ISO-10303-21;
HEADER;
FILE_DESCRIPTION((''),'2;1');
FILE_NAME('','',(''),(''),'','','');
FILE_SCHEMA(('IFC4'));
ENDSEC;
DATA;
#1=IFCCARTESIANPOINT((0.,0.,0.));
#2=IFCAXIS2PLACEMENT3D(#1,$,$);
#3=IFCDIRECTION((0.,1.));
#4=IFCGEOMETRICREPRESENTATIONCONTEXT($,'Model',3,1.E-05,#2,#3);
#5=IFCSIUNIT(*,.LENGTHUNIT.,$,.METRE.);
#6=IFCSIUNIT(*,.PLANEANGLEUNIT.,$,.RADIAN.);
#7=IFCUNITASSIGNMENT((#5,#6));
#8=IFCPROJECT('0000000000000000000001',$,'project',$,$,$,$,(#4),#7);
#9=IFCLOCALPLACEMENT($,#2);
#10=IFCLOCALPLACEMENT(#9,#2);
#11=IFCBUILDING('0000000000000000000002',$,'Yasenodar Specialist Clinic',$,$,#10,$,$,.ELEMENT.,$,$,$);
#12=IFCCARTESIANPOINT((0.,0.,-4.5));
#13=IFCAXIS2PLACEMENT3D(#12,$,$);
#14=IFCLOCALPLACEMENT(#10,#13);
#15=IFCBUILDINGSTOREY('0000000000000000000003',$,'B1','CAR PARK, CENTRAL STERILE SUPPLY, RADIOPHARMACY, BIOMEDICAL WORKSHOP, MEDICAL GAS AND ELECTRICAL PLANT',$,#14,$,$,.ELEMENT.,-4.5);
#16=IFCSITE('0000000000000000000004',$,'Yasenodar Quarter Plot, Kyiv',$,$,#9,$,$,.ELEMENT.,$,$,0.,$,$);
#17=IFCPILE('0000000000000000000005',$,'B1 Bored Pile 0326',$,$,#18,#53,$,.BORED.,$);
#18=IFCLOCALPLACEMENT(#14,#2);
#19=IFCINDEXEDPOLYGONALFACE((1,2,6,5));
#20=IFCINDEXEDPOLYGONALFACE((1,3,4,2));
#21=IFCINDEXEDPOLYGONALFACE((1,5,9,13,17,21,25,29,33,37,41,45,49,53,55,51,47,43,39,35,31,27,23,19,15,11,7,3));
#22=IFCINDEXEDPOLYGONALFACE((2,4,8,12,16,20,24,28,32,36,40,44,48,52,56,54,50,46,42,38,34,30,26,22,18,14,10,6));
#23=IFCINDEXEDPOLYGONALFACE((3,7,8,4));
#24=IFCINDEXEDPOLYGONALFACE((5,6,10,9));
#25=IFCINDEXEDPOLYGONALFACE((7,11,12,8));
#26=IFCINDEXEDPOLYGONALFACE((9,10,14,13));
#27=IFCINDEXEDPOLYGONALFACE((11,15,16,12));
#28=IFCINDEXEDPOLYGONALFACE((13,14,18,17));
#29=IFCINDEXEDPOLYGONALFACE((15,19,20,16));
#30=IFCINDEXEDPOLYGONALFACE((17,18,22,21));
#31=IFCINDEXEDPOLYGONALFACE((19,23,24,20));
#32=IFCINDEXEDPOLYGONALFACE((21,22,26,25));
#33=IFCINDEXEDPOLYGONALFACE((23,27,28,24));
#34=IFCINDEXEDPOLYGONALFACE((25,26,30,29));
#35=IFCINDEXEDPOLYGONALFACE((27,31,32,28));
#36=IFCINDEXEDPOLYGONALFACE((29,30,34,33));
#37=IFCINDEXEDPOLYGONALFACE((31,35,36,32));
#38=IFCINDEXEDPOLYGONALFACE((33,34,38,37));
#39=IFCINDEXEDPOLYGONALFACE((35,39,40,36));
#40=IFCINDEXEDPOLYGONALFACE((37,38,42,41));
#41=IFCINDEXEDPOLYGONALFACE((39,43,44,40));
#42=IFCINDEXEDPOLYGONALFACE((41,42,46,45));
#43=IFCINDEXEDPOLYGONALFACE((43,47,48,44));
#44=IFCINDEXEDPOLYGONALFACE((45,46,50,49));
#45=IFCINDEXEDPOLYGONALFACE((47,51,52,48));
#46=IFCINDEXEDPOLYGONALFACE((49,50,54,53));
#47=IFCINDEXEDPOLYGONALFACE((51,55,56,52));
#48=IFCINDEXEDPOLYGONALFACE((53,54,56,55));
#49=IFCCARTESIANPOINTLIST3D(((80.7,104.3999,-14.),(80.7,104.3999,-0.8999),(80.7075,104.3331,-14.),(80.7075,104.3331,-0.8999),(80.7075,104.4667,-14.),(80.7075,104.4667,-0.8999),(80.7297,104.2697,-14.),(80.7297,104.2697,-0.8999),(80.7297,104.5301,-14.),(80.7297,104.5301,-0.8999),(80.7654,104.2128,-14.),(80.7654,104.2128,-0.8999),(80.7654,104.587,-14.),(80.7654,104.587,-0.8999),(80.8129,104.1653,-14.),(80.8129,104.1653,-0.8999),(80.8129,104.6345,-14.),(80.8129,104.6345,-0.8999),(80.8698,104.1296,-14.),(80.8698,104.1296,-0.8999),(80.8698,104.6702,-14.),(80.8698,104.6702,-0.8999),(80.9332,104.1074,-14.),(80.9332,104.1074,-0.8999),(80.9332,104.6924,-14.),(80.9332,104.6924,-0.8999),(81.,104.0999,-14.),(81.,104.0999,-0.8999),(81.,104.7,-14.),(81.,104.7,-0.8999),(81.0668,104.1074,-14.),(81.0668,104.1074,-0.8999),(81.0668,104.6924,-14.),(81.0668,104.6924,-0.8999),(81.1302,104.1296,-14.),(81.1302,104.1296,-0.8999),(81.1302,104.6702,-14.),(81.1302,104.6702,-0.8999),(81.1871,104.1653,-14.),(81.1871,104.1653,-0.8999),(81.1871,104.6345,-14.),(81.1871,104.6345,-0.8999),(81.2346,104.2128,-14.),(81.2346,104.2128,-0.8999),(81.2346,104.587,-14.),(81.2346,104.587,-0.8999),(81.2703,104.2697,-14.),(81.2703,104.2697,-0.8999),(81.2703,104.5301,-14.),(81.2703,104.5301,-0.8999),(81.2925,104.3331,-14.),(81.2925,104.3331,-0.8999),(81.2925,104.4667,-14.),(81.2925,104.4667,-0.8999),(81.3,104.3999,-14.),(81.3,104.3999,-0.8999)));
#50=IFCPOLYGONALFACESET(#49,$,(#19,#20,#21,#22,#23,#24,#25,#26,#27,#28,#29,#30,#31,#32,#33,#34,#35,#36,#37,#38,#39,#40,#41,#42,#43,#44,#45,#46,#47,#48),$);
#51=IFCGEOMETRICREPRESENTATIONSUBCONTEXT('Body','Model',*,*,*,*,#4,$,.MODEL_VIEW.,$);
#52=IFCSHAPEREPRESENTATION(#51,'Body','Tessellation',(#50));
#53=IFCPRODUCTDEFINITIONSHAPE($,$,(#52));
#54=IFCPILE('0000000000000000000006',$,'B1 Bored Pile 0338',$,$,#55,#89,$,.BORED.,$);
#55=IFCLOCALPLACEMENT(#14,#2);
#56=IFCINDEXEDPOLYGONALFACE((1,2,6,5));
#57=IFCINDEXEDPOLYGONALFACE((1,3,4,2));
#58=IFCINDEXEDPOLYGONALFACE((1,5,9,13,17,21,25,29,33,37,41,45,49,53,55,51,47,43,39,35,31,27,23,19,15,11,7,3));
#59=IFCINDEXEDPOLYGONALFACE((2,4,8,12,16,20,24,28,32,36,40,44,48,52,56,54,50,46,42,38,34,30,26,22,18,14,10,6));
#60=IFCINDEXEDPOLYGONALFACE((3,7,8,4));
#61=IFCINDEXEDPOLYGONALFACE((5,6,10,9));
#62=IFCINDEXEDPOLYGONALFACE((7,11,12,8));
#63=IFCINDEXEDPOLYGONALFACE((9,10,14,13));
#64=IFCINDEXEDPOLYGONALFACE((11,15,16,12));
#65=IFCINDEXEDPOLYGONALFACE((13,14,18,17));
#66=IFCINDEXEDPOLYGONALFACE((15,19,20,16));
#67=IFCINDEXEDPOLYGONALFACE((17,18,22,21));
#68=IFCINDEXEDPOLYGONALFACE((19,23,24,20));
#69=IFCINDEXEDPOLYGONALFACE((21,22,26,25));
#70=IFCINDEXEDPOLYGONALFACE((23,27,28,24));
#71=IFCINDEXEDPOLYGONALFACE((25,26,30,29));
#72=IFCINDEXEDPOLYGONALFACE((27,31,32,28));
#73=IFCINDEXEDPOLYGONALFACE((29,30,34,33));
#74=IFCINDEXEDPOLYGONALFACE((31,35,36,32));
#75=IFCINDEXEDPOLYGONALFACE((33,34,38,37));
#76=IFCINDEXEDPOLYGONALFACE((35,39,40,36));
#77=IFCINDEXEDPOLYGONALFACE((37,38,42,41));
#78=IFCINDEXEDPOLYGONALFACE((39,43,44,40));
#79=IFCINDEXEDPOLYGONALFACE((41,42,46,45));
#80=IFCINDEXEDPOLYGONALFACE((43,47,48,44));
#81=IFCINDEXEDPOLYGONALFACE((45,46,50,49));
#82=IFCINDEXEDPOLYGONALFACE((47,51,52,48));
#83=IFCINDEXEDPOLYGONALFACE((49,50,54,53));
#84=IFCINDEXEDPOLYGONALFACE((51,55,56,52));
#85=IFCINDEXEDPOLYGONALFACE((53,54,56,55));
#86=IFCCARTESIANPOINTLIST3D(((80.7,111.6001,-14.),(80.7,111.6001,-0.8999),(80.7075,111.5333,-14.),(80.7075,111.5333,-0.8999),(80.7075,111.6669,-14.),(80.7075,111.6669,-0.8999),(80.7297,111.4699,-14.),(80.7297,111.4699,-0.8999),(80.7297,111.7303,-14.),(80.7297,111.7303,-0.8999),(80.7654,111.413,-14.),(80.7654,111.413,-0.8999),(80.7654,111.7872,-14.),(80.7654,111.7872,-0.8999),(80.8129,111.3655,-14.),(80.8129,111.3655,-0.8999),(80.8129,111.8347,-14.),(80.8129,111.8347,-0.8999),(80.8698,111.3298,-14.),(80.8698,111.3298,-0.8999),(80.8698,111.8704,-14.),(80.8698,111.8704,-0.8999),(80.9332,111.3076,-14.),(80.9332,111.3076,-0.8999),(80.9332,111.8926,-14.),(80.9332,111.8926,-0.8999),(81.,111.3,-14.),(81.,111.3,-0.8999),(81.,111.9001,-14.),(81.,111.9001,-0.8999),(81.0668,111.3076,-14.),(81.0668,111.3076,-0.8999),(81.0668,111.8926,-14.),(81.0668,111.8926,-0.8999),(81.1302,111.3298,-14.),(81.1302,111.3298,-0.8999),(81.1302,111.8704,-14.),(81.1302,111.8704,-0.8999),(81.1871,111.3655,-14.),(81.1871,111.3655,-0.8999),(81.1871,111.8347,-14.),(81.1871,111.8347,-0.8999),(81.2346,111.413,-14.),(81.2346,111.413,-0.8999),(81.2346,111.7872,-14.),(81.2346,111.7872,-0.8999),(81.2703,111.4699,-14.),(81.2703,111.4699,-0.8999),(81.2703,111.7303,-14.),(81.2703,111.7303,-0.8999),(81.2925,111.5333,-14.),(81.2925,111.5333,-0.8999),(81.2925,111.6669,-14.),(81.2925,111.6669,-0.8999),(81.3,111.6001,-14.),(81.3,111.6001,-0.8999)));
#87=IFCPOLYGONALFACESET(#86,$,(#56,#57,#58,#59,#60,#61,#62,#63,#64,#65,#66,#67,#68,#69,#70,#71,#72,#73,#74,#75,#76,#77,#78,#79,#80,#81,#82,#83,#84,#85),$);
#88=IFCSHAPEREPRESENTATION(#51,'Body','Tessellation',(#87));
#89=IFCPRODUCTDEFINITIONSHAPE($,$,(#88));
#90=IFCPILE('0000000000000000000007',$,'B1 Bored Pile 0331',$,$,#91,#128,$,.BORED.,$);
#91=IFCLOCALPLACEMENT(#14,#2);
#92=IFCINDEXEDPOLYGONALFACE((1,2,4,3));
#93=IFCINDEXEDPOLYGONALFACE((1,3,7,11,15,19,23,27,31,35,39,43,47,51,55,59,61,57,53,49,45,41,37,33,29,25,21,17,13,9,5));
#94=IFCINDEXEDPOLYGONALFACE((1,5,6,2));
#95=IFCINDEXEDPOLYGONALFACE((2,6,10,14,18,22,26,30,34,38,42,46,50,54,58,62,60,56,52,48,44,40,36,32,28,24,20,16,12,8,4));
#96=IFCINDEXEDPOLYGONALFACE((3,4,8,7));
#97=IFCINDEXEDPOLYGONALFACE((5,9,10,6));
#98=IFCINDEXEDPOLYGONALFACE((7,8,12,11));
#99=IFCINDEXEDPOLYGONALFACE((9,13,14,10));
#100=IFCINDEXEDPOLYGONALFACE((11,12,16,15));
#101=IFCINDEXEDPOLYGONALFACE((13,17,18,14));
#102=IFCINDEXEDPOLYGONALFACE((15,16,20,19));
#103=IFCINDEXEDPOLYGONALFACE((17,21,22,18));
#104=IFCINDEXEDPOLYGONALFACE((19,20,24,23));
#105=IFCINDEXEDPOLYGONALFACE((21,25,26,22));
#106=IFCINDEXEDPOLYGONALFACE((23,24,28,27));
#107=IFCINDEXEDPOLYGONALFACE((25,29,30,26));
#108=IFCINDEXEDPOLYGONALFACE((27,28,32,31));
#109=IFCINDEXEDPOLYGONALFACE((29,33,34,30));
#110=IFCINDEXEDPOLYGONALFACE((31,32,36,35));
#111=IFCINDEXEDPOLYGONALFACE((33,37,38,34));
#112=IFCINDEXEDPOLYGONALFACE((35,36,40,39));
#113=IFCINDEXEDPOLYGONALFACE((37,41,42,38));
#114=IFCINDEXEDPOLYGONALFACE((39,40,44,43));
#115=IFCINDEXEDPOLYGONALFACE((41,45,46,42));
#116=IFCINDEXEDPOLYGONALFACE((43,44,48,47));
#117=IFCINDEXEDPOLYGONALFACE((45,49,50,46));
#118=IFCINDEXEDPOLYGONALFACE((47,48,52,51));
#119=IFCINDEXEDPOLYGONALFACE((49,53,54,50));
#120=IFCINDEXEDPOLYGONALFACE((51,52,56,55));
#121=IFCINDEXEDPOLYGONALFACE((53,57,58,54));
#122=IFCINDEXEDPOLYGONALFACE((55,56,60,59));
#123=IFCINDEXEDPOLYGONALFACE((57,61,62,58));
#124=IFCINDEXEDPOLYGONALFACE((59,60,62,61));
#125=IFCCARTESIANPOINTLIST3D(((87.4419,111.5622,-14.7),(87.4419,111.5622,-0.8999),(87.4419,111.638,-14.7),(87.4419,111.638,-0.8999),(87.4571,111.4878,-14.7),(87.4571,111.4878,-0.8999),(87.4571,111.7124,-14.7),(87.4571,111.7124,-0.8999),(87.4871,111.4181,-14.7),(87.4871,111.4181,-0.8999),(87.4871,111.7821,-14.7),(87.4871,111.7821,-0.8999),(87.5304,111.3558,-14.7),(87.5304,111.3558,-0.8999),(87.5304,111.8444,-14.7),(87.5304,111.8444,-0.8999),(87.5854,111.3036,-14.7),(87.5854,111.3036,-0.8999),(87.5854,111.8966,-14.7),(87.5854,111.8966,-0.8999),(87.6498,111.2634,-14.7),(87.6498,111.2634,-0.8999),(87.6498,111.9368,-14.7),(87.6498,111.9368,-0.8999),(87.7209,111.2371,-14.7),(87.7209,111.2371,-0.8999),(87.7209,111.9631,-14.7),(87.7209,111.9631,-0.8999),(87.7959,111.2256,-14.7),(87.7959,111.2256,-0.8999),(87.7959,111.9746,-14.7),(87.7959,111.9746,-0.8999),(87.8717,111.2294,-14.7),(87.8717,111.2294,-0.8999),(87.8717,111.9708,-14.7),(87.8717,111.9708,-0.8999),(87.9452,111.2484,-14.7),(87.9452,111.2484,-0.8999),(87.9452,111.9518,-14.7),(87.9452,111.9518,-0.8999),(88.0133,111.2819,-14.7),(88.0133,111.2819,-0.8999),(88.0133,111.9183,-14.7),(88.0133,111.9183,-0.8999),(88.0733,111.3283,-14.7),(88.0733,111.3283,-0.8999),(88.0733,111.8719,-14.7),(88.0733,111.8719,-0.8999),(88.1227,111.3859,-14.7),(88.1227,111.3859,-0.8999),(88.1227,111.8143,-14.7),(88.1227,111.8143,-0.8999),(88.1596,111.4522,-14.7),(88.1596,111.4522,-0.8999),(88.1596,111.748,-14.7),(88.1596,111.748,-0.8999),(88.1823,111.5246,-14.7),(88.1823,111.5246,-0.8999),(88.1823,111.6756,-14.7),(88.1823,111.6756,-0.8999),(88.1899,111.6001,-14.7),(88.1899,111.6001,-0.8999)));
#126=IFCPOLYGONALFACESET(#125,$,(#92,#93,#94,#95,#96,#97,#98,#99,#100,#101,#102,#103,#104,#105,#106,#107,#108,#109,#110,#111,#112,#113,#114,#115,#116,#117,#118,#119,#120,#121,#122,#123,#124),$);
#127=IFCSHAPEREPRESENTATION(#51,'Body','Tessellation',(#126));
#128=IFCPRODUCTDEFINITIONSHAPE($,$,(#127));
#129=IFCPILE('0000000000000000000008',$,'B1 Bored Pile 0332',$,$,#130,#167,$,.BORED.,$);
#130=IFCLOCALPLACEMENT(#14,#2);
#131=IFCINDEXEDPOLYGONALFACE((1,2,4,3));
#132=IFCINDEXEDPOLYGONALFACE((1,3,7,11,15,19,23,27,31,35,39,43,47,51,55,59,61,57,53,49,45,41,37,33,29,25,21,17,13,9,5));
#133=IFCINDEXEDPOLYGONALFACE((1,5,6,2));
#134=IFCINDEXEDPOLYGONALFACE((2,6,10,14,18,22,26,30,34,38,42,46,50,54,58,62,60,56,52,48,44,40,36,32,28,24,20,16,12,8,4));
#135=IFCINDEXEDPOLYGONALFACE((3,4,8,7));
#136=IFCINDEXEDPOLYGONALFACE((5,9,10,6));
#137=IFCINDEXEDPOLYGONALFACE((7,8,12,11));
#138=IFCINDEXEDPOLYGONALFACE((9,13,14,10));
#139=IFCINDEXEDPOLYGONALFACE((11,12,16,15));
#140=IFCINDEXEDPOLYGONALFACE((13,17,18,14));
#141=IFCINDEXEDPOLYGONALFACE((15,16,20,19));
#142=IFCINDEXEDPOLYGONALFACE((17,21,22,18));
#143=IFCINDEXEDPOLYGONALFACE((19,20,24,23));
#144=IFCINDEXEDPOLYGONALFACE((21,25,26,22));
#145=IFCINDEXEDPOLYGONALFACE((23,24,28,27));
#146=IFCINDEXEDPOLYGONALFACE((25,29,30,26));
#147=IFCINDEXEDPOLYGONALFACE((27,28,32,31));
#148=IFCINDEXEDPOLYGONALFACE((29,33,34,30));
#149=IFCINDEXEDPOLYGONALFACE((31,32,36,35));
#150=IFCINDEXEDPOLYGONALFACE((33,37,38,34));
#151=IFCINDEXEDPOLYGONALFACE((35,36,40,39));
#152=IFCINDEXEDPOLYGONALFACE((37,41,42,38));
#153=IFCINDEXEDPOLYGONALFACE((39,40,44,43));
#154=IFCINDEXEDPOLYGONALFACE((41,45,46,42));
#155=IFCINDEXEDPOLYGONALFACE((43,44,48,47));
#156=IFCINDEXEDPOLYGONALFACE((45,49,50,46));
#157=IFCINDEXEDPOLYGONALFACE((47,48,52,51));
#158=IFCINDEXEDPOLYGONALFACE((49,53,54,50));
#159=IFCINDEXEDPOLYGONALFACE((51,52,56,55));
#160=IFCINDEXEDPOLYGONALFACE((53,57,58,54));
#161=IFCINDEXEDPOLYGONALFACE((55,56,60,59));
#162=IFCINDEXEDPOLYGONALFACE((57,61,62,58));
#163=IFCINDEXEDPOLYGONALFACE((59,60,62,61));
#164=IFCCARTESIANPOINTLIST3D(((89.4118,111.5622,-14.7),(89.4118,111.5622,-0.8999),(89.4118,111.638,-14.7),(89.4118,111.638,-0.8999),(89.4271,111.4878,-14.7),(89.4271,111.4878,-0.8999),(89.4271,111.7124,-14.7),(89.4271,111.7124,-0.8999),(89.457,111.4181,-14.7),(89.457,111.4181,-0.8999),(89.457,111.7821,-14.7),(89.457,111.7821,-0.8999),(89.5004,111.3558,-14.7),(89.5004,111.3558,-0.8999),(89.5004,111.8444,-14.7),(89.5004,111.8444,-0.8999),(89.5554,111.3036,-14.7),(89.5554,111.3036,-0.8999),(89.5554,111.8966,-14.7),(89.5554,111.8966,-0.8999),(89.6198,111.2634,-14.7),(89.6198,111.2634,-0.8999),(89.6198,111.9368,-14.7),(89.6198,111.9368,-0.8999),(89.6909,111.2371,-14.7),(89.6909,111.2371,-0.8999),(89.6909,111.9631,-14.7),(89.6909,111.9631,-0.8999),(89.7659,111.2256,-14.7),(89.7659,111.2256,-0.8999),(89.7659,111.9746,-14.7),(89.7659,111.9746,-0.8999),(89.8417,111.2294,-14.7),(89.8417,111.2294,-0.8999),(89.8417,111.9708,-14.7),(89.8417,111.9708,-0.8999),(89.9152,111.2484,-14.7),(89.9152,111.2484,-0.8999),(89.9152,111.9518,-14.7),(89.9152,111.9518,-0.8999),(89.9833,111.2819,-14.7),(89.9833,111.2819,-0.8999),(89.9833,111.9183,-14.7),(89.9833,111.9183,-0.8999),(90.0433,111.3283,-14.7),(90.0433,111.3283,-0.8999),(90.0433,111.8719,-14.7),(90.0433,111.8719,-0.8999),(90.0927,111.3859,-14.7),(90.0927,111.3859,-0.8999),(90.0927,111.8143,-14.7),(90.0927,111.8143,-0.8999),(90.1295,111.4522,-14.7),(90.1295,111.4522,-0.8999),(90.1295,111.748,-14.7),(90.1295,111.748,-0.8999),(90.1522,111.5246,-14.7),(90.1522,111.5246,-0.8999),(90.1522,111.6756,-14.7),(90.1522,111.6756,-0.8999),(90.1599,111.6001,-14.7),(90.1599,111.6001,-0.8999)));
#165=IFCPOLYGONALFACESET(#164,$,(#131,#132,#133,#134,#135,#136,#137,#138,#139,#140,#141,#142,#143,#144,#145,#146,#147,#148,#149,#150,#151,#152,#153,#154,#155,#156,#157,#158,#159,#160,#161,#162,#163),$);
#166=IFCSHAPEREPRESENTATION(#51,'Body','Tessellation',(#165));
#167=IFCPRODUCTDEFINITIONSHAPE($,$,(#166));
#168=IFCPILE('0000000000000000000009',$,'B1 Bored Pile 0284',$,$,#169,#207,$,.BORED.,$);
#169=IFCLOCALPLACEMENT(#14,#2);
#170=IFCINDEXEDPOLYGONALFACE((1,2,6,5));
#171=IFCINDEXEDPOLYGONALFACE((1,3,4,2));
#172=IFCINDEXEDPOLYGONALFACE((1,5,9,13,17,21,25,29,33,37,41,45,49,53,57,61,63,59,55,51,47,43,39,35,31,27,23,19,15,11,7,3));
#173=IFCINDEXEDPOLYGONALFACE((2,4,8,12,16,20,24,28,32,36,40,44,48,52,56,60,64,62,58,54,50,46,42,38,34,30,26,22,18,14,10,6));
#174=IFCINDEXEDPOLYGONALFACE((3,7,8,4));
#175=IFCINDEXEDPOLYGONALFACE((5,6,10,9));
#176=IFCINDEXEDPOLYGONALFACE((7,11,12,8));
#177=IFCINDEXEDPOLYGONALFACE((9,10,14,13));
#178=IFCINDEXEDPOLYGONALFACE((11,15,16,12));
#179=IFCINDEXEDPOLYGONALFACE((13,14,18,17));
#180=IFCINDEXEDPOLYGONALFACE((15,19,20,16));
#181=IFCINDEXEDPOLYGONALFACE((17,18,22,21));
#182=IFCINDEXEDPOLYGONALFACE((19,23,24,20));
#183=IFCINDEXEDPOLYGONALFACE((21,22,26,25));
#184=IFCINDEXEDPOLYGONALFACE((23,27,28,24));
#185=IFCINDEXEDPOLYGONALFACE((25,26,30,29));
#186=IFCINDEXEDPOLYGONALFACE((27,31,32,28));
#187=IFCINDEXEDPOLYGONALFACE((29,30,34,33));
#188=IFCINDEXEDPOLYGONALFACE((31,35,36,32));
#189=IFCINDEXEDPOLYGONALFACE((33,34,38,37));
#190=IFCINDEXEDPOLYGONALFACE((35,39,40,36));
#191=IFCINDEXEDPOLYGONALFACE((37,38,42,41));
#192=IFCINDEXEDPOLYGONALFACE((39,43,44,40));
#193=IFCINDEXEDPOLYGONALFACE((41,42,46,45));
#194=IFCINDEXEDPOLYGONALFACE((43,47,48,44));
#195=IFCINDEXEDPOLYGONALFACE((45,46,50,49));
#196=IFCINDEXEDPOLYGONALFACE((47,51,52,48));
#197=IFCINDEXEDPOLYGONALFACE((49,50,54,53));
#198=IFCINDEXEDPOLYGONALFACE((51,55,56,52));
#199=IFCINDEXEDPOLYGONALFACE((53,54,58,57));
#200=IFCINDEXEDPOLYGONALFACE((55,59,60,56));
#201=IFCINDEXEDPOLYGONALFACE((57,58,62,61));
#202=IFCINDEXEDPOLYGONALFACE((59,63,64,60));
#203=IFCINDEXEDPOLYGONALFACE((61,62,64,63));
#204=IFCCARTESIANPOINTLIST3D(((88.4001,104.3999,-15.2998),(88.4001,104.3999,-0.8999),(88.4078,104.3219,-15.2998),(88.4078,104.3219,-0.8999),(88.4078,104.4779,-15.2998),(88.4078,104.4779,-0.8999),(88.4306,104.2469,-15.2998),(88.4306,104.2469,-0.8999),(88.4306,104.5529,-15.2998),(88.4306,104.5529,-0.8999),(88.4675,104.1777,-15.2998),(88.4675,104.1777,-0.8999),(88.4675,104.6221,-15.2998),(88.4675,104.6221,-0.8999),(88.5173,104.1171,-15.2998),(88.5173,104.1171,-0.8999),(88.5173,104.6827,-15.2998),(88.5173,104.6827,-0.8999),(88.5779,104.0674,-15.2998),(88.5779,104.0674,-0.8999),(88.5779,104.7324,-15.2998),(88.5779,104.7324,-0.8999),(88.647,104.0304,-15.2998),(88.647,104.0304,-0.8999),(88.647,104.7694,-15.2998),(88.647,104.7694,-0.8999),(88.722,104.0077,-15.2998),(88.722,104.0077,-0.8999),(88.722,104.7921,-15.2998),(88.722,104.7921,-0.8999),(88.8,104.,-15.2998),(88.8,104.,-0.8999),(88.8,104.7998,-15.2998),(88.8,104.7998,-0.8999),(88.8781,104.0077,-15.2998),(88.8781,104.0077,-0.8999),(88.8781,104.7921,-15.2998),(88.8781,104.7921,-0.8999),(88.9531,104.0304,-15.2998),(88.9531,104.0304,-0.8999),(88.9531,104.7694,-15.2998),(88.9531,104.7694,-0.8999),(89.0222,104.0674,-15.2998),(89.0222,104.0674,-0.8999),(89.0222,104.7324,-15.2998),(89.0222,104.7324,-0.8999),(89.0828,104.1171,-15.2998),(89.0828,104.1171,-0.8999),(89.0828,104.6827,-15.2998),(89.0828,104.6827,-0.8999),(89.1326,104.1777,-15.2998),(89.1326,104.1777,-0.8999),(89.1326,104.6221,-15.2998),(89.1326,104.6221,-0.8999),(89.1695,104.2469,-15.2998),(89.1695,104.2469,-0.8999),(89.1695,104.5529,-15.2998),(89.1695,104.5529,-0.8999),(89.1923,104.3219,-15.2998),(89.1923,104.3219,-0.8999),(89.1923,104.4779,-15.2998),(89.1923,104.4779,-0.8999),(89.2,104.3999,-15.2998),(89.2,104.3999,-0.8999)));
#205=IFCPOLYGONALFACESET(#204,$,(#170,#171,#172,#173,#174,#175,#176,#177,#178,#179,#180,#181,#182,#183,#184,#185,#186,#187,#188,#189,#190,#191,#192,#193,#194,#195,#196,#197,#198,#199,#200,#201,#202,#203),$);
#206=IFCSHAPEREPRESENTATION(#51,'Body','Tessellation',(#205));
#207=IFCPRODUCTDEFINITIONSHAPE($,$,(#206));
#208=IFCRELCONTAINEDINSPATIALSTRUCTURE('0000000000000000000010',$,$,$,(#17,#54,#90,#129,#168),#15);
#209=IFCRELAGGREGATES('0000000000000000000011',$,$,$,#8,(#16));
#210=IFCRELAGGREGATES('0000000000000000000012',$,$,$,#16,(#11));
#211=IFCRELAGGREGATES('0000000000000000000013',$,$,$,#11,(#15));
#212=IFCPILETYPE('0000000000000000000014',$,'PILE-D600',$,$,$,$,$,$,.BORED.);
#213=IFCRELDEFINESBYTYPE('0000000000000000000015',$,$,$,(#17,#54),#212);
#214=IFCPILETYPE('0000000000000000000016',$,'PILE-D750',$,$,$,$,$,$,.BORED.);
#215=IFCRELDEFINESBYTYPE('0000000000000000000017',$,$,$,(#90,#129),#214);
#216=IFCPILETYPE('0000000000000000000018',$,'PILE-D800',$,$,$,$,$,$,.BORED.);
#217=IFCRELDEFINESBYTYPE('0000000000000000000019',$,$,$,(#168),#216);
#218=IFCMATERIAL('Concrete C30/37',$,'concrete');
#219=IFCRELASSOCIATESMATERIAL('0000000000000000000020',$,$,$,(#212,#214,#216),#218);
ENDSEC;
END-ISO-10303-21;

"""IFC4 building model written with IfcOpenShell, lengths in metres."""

from ifc_helpers import new_model, si_unit, direction, frame, origin, origin_2d, place, context, subcontext, project, spatial, circle, extrude, material, material_profile, profile_set, type_object, element, save


model = new_model("IFC4")

# Units and contexts
model_context = context("Model", 3, precision=1e-05, world=origin(), true_north=direction((0.0, 1.0)))
body_context = subcontext(model_context, "Body", "Model", "MODEL_VIEW")
ifc_project = project(units=[si_unit("LENGTHUNIT", "METRE"), si_unit("PLANEANGLEUNIT", "RADIAN")], contexts=[model_context])

# Site, building, storey
site_placement = place(None, origin())
site = spatial("IfcSite", under=ifc_project, at=site_placement, Name="Yasenodar Quarter Plot, Kyiv", CompositionType="ELEMENT", RefElevation=0.0)
building_placement = place(site_placement, origin())
building = spatial("IfcBuilding", under=site, at=building_placement, Name="Yasenodar Specialist Clinic", CompositionType="ELEMENT")
storey_placement = place(building_placement, frame((0.0, 0.0, -4.5)))
storey = spatial("IfcBuildingStorey", under=building, at=storey_placement, Name="B1", Description="CAR PARK, CENTRAL STERILE SUPPLY, RADIOPHARMACY, BIOMEDICAL WORKSHOP, MEDICAL GAS AND ELECTRICAL PLANT", CompositionType="ELEMENT", Elevation=-4.5)

# Piles
ifc_material_1 = material(Name="Concrete C30/37", Category="concrete")
ifc_material_profile_1 = material_profile(ifc_material_1, circle(Radius=0.3, at=origin_2d()), Name="PILE D600")
ifc_profile_set_1 = profile_set([ifc_material_profile_1], Name="Concrete C30/37")
pile_type_1 = type_object("IfcPileType", Name="PILE-D600", PredefinedType="BORED", material=ifc_profile_set_1)
for number, where, z_axis, x_axis, name in (
    (1, (81.0, 104.3999, -0.8999), (0.0, 0.0, -1.0), (1.0, 0.0, 0.0), "B1 Bored Pile 0326"),
    (2, (81.0, 111.6001, -0.8999), (0.0, 0.0, -1.0), (1.0, 0.0, 0.0), "B1 Bored Pile 0338"),
):
    element("IfcPile", number, at=place(storey_placement, frame(where, z_axis=z_axis, x_axis=x_axis)), inside=storey, type_object=pile_type_1, Name=name, PredefinedType="BORED", context=body_context, shape_type="SweptSolid", body=[
        extrude(circle(Radius=0.3, at=origin_2d()), origin(), (0.0, 0.0, 1.0), 13.1001),
    ])
ifc_material_profile_2 = material_profile(ifc_material_1, circle(Radius=0.375, at=origin_2d()), Name="PILE D750")
ifc_profile_set_2 = profile_set([ifc_material_profile_2], Name="Concrete C30/37")
pile_type_2 = type_object("IfcPileType", Name="PILE-D750", PredefinedType="BORED", material=ifc_profile_set_2)
for number, where, z_axis, x_axis, name in (
    (3, (87.8149, 111.6001, -0.8999), (0.0, 0.0, -1.0), (1.0, 0.0, 0.0), "B1 Bored Pile 0331"),
    (4, (89.7849, 111.6001, -0.8999), (0.0, 0.0, -1.0), (1.0, 0.0, 0.0), "B1 Bored Pile 0332"),
):
    element("IfcPile", number, at=place(storey_placement, frame(where, z_axis=z_axis, x_axis=x_axis)), inside=storey, type_object=pile_type_2, Name=name, PredefinedType="BORED", context=body_context, shape_type="SweptSolid", body=[
        extrude(circle(Radius=0.375, at=origin_2d()), origin(), (0.0, 0.0, 1.0), 13.8),
    ])
ifc_material_profile_3 = material_profile(ifc_material_1, circle(Radius=0.3999, at=origin_2d()), Name="PILE D800")
ifc_profile_set_3 = profile_set([ifc_material_profile_3], Name="Concrete C30/37")
pile_type_3 = type_object("IfcPileType", Name="PILE-D800", PredefinedType="BORED", material=ifc_profile_set_3)
pile_placement = place(storey_placement, frame((88.8, 104.3999, -0.8999), z_axis=(0.0, 0.0, -1.0), x_axis=(1.0, 0.0, 0.0)))
element("IfcPile", 5, at=pile_placement, inside=storey, type_object=pile_type_3, Name="B1 Bored Pile 0284", PredefinedType="BORED", context=body_context, shape_type="SweptSolid", body=[
    extrude(circle(Radius=0.3999, at=origin_2d()), origin(), (0.0, 0.0, 1.0), 14.3999),
])

save(model, "model.ifc")
